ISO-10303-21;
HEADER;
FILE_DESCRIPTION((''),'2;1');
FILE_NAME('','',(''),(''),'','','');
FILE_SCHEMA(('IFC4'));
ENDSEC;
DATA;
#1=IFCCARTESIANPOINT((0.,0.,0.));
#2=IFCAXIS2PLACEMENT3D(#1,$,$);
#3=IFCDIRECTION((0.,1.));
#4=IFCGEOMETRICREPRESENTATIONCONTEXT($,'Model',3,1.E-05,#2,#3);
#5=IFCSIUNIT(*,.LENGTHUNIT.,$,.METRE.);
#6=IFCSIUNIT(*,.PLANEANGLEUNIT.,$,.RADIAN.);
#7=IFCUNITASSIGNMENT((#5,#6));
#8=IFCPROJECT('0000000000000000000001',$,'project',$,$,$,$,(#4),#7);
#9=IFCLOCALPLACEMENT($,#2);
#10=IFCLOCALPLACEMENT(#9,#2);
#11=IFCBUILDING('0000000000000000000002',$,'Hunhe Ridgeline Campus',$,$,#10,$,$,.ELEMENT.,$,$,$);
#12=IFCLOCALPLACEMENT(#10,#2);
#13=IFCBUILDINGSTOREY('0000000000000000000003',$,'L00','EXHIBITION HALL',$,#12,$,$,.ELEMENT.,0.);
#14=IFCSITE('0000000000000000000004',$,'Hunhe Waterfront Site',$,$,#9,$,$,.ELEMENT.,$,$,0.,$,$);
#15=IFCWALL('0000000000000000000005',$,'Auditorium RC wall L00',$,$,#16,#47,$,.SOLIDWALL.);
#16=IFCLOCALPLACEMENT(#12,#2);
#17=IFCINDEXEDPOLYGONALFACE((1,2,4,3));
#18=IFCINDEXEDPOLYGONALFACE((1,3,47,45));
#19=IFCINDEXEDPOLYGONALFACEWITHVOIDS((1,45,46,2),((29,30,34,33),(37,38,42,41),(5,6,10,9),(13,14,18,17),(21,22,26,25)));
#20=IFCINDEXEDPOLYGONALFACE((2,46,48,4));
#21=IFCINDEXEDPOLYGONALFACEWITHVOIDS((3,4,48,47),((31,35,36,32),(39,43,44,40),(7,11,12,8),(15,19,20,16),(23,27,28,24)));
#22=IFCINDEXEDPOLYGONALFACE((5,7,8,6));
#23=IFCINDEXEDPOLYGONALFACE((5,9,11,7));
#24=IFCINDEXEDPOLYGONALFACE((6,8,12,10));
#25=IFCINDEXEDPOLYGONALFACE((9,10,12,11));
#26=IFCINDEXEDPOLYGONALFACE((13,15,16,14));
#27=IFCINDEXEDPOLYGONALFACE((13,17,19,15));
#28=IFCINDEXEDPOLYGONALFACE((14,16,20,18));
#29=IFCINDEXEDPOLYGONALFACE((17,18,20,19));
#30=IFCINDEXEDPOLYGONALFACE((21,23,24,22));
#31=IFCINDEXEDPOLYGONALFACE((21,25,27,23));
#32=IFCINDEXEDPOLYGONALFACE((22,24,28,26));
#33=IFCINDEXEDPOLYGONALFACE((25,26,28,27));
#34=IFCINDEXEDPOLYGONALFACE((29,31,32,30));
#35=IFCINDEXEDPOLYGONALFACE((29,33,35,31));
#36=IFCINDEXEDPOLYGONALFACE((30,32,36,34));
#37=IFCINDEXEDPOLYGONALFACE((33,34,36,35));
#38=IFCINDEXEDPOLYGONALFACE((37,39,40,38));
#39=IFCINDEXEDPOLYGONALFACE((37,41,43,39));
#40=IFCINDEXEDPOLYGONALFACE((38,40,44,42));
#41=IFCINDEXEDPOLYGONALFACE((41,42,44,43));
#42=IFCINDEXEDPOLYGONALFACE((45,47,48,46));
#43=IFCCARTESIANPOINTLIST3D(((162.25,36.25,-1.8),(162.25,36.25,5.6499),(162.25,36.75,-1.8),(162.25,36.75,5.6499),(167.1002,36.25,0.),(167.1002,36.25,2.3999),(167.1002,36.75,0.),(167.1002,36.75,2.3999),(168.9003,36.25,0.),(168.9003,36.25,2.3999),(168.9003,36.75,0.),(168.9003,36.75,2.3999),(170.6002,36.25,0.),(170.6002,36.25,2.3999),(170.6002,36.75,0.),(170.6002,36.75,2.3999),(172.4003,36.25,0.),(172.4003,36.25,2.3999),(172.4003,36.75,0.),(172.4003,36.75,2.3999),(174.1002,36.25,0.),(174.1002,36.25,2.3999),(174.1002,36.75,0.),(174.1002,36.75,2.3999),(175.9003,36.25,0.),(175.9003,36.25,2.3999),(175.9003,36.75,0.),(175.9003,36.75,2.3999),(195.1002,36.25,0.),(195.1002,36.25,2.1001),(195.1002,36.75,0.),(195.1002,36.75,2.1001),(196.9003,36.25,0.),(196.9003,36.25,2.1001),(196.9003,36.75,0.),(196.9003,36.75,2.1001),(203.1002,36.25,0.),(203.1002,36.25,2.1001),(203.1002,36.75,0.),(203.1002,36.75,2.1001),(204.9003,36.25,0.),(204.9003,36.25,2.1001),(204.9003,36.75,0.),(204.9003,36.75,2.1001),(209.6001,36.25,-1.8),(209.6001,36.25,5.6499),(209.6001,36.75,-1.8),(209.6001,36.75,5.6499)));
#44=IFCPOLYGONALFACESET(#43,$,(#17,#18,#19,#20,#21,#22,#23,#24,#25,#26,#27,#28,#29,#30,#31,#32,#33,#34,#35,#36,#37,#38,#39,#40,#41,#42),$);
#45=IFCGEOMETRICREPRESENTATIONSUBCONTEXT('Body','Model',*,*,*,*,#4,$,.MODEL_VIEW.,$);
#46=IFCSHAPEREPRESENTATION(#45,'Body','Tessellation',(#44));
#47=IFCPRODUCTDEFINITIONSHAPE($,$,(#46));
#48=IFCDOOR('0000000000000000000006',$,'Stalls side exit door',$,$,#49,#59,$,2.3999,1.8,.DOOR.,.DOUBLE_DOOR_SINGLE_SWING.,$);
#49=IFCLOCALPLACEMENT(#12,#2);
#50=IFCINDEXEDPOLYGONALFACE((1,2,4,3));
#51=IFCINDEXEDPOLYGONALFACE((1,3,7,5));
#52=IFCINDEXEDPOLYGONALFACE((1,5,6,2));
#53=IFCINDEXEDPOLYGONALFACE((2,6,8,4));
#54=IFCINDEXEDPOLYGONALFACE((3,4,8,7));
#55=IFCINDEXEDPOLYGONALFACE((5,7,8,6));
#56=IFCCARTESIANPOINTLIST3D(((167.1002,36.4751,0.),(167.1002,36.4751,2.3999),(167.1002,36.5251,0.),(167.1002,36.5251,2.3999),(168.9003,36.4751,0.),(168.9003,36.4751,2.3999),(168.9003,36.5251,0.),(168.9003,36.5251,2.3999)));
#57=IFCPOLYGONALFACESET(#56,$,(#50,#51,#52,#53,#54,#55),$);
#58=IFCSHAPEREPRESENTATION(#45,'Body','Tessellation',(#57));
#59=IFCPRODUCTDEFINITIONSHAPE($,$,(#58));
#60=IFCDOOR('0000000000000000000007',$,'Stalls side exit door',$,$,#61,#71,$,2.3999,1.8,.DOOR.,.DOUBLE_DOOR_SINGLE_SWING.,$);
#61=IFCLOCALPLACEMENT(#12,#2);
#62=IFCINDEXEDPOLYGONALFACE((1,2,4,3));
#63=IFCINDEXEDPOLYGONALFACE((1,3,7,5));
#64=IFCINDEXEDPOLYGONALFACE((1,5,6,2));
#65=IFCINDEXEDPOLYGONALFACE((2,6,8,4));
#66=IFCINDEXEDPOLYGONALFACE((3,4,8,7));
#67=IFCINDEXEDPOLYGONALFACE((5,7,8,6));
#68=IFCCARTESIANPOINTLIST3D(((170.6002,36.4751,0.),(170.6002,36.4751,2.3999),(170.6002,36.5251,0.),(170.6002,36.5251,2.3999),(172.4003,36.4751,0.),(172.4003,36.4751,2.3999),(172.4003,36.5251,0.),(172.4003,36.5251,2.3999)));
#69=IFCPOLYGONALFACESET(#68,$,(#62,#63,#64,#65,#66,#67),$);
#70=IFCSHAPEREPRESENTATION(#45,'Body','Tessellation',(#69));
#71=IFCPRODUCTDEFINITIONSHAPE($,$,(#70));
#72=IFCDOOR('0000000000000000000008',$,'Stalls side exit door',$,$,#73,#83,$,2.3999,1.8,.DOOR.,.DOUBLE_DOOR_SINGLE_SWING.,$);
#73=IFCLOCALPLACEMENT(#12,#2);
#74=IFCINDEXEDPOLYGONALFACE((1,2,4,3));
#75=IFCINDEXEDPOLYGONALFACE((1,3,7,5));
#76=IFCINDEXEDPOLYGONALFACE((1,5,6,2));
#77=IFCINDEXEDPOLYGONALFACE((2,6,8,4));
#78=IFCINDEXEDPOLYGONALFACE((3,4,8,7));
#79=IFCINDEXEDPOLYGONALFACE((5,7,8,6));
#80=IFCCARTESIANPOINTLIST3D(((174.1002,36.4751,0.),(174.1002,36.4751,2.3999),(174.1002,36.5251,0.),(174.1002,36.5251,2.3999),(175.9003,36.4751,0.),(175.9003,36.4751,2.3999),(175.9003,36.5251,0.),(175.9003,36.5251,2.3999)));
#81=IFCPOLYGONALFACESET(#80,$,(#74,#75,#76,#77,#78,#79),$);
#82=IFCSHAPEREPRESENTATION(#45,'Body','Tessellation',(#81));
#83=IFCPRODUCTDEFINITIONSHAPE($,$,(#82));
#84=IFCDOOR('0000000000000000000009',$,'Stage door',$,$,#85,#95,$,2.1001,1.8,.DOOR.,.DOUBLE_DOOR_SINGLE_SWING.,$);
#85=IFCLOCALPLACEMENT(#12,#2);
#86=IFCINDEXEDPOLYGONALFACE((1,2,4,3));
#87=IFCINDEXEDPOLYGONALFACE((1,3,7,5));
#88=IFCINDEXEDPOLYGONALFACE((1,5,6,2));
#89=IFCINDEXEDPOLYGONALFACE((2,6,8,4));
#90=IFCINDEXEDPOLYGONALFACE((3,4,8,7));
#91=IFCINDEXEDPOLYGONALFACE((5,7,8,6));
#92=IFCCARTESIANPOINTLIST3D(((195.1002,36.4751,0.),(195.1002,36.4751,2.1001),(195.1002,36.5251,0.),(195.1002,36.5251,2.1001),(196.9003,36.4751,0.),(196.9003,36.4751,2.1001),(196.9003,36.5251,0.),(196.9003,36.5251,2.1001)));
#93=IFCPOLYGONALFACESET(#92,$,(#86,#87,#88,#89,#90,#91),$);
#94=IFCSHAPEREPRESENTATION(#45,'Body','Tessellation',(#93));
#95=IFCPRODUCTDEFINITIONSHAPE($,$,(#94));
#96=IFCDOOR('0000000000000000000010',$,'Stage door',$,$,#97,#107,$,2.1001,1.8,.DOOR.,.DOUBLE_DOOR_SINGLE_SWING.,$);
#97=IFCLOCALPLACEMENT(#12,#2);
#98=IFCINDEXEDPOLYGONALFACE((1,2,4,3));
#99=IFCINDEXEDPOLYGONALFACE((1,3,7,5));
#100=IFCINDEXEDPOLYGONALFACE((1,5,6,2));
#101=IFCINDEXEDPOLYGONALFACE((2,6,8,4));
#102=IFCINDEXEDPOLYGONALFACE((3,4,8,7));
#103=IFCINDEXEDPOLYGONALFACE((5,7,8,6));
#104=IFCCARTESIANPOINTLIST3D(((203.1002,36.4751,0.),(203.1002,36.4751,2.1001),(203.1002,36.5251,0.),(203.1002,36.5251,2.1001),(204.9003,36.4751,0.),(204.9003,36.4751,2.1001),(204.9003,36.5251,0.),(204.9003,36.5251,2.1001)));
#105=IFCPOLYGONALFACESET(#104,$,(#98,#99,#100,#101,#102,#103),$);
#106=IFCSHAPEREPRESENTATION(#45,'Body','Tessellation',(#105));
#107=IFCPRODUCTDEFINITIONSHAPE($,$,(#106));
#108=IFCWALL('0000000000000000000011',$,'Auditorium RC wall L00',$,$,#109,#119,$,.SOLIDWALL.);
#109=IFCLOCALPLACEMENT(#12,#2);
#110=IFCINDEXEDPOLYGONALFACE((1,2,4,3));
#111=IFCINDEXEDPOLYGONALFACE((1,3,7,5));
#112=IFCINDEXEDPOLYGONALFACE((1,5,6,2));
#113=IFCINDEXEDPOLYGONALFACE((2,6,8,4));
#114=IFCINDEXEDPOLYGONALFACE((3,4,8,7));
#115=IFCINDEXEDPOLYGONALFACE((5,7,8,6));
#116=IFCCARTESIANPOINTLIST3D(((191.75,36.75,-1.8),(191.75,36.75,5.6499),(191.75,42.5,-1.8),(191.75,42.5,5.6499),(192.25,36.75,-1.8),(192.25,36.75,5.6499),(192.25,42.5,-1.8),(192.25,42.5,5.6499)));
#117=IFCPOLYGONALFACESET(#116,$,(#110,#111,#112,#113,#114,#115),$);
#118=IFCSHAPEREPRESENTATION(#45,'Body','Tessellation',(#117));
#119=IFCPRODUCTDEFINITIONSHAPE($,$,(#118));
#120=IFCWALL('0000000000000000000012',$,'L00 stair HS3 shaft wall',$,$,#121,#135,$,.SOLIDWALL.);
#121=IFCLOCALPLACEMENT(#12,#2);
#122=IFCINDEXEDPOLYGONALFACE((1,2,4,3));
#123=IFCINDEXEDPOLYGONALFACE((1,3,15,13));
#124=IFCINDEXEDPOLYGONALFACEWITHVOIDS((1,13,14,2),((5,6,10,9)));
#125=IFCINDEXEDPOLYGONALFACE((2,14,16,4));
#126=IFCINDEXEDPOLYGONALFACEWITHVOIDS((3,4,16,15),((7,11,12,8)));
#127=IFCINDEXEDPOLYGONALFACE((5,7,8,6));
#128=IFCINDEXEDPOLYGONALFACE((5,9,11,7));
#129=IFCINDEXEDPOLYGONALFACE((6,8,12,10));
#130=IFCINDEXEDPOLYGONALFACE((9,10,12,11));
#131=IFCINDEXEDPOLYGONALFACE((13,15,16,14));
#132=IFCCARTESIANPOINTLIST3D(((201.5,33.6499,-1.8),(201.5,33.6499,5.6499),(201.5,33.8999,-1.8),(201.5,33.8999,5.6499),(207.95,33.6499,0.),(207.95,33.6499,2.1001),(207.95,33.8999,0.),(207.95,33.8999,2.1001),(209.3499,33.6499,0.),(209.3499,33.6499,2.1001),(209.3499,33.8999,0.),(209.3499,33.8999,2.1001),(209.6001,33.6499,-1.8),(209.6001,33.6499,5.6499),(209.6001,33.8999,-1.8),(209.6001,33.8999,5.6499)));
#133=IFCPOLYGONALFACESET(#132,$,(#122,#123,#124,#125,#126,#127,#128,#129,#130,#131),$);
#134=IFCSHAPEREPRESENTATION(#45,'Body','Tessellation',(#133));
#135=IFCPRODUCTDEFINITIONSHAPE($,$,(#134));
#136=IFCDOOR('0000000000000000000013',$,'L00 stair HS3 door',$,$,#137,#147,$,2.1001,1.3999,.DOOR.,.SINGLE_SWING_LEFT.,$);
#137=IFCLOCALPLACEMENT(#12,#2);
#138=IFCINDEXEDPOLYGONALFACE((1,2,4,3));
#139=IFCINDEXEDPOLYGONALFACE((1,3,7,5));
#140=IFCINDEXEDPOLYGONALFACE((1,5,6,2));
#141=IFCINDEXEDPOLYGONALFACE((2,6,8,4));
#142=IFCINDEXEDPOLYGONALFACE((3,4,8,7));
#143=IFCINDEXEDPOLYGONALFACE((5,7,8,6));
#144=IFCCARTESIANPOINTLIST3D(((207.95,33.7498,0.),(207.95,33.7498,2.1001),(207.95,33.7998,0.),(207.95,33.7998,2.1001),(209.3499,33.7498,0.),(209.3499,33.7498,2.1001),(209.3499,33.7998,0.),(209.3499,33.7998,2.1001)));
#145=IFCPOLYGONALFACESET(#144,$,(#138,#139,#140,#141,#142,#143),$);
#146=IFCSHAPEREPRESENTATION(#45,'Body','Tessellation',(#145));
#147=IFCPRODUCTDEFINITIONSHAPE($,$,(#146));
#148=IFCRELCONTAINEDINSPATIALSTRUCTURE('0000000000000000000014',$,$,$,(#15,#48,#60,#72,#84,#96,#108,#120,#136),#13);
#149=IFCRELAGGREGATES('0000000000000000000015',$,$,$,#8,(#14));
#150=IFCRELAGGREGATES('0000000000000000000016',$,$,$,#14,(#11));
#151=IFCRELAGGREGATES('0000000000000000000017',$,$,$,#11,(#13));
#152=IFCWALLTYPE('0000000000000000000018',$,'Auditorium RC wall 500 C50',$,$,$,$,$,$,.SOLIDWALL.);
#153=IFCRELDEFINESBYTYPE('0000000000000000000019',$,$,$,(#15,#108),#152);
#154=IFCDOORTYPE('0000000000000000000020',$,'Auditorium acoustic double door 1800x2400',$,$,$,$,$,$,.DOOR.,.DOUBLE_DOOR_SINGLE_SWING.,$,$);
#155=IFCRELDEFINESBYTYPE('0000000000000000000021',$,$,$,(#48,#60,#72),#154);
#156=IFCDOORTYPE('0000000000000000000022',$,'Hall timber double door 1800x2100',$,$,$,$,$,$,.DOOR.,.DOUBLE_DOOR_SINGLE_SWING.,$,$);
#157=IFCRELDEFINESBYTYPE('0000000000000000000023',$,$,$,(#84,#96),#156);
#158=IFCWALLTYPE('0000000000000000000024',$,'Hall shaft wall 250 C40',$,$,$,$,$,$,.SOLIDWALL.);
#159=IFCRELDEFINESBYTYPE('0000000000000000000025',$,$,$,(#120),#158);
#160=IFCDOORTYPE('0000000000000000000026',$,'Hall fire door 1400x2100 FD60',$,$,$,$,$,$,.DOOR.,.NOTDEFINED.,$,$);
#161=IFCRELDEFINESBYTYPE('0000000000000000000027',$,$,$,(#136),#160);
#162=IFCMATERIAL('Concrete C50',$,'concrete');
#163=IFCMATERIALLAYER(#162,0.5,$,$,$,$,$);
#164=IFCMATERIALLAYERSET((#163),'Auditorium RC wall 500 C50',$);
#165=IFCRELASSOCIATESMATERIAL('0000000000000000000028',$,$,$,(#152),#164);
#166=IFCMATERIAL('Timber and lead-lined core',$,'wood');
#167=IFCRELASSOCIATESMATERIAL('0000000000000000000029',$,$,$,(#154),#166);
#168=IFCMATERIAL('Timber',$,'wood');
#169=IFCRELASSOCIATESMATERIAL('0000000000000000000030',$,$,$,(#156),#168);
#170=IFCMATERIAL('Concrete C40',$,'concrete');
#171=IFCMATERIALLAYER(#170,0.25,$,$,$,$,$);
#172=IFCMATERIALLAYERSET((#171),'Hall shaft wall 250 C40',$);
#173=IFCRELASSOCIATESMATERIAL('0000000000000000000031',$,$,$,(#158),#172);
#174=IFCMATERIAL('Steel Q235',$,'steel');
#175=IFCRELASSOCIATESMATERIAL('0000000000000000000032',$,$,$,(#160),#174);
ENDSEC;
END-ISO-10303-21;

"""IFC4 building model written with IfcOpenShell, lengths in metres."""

from ifc_helpers import new_model, si_unit, direction, frame, frame_2d, origin, place, context, subcontext, project, spatial, rectangle, extrude, material, layer, layer_set, type_object, element, fill, save


model = new_model("IFC4")

# Units and contexts
model_context = context("Model", 3, precision=1e-05, world=origin(), true_north=direction((0.0, 1.0)))
body_context = subcontext(model_context, "Body", "Model", "MODEL_VIEW")
ifc_project = project(units=[si_unit("LENGTHUNIT", "METRE"), si_unit("PLANEANGLEUNIT", "RADIAN")], contexts=[model_context])

# Site, building, storey
site_placement = place(None, origin())
site = spatial("IfcSite", under=ifc_project, at=site_placement, Name="Hunhe Waterfront Site", CompositionType="ELEMENT", RefElevation=0.0)
building_placement = place(site_placement, origin())
building = spatial("IfcBuilding", under=site, at=building_placement, Name="Hunhe Ridgeline Campus", CompositionType="ELEMENT")
storey_placement = place(building_placement, origin())
storey = spatial("IfcBuildingStorey", under=building, at=storey_placement, Name="L00", Description="EXHIBITION HALL", CompositionType="ELEMENT", Elevation=0.0)

# Shared definitions
ifc_material_1 = material(Name="Concrete C50", Category="concrete")

# Wall, openings, doors
ifc_layer_1 = layer(ifc_material_1, 0.5)
ifc_layer_set_1 = layer_set([ifc_layer_1], Name="Auditorium RC wall 500 C50")
wall_type_1 = type_object("IfcWallType", Name="Auditorium RC wall 500 C50", PredefinedType="SOLIDWALL", material=ifc_layer_set_1)
wall_1_placement = place(storey_placement, frame((209.6001, 36.5, -1.8), z_axis=(0.0, 0.0, 1.0), x_axis=(-1.0, 0.0, 0.0)))
wall_1 = element("IfcWall", 1, at=wall_1_placement, inside=storey, type_object=wall_type_1, Name="Auditorium RC wall L00", PredefinedType="SOLIDWALL", context=body_context, shape_type="SweptSolid", body=[
    extrude(rectangle(XDim=47.3501, YDim=0.5, at=frame_2d((23.675, 0.0))), origin(), (0.0, 0.0, 1.0), 7.45),
])
opening_1_placement = place(wall_1_placement, frame((40.7, 0.0, 1.8)))
opening_1 = element("IfcOpeningElement", 2, at=opening_1_placement, cuts=wall_1, PredefinedType="OPENING", context=body_context, shape_type="SweptSolid", body=[
    extrude(rectangle(XDim=1.8, YDim=2.3999, at=frame_2d((0.8999, 1.2))), frame((0.0, 0.25, 0.0), z_axis=(0.0, -1.0, 0.0), x_axis=(1.0, 0.0, 0.0)), (0.0, 0.0, 1.0), 0.5),
])
opening_2_placement = place(wall_1_placement, frame((37.2, 0.0, 1.8)))
opening_2 = element("IfcOpeningElement", 3, at=opening_2_placement, cuts=wall_1, PredefinedType="OPENING", context=body_context, shape_type="SweptSolid", body=[
    extrude(rectangle(XDim=1.8, YDim=2.3999, at=frame_2d((0.8999, 1.2))), frame((0.0, 0.25, 0.0), z_axis=(0.0, -1.0, 0.0), x_axis=(1.0, 0.0, 0.0)), (0.0, 0.0, 1.0), 0.5),
])
opening_3_placement = place(wall_1_placement, frame((33.7, 0.0, 1.8)))
opening_3 = element("IfcOpeningElement", 4, at=opening_3_placement, cuts=wall_1, PredefinedType="OPENING", context=body_context, shape_type="SweptSolid", body=[
    extrude(rectangle(XDim=1.8, YDim=2.3999, at=frame_2d((0.8999, 1.2))), frame((0.0, 0.25, 0.0), z_axis=(0.0, -1.0, 0.0), x_axis=(1.0, 0.0, 0.0)), (0.0, 0.0, 1.0), 0.5),
])
opening_4_placement = place(wall_1_placement, frame((12.7, 0.0, 1.8)))
opening_4 = element("IfcOpeningElement", 5, at=opening_4_placement, cuts=wall_1, PredefinedType="OPENING", context=body_context, shape_type="SweptSolid", body=[
    extrude(rectangle(XDim=1.8, YDim=2.1001, at=frame_2d((0.8999, 1.05))), frame((0.0, 0.25, 0.0), z_axis=(0.0, -1.0, 0.0), x_axis=(1.0, 0.0, 0.0)), (0.0, 0.0, 1.0), 0.5),
])
opening_5_placement = place(wall_1_placement, frame((4.7, 0.0, 1.8)))
opening_5 = element("IfcOpeningElement", 6, at=opening_5_placement, cuts=wall_1, PredefinedType="OPENING", context=body_context, shape_type="SweptSolid", body=[
    extrude(rectangle(XDim=1.8, YDim=2.1001, at=frame_2d((0.8999, 1.05))), frame((0.0, 0.25, 0.0), z_axis=(0.0, -1.0, 0.0), x_axis=(1.0, 0.0, 0.0)), (0.0, 0.0, 1.0), 0.5),
])
ifc_material_2 = material(Name="Timber and lead-lined core", Category="wood")
door_type_1 = type_object("IfcDoorType", Name="Auditorium acoustic double door 1800x2400", OperationType="DOUBLE_DOOR_SINGLE_SWING", PredefinedType="DOOR", material=ifc_material_2)
door_1_placement = place(opening_1_placement, origin())
door_1 = element("IfcDoor", 7, at=door_1_placement, inside=storey, type_object=door_type_1, Name="Stalls side exit door", OperationType="DOUBLE_DOOR_SINGLE_SWING", OverallHeight=2.3999, OverallWidth=1.8, PredefinedType="DOOR", context=body_context, shape_type="SweptSolid", body=[
    extrude(rectangle(XDim=1.8, YDim=2.3999, at=frame_2d((0.8999, 1.2))), frame((0.0, 0.0249, 0.0), z_axis=(0.0, -1.0, 0.0), x_axis=(1.0, 0.0, 0.0)), (0.0, 0.0, 1.0), 0.05),
])
fill(opening_1, door_1)
door_2_placement = place(opening_2_placement, origin())
door_2 = element("IfcDoor", 8, at=door_2_placement, inside=storey, type_object=door_type_1, Name="Stalls side exit door", OperationType="DOUBLE_DOOR_SINGLE_SWING", OverallHeight=2.3999, OverallWidth=1.8, PredefinedType="DOOR", context=body_context, shape_type="SweptSolid", body=[
    extrude(rectangle(XDim=1.8, YDim=2.3999, at=frame_2d((0.8999, 1.2))), frame((0.0, 0.0249, 0.0), z_axis=(0.0, -1.0, 0.0), x_axis=(1.0, 0.0, 0.0)), (0.0, 0.0, 1.0), 0.05),
])
fill(opening_2, door_2)
door_3_placement = place(opening_3_placement, origin())
door_3 = element("IfcDoor", 9, at=door_3_placement, inside=storey, type_object=door_type_1, Name="Stalls side exit door", OperationType="DOUBLE_DOOR_SINGLE_SWING", OverallHeight=2.3999, OverallWidth=1.8, PredefinedType="DOOR", context=body_context, shape_type="SweptSolid", body=[
    extrude(rectangle(XDim=1.8, YDim=2.3999, at=frame_2d((0.8999, 1.2))), frame((0.0, 0.0249, 0.0), z_axis=(0.0, -1.0, 0.0), x_axis=(1.0, 0.0, 0.0)), (0.0, 0.0, 1.0), 0.05),
])
fill(opening_3, door_3)
ifc_material_3 = material(Name="Timber", Category="wood")
door_type_2 = type_object("IfcDoorType", Name="Hall timber double door 1800x2100", OperationType="DOUBLE_DOOR_SINGLE_SWING", PredefinedType="DOOR", material=ifc_material_3)
door_4_placement = place(opening_4_placement, origin())
door_4 = element("IfcDoor", 10, at=door_4_placement, inside=storey, type_object=door_type_2, Name="Stage door", OperationType="DOUBLE_DOOR_SINGLE_SWING", OverallHeight=2.1001, OverallWidth=1.8, PredefinedType="DOOR", context=body_context, shape_type="SweptSolid", body=[
    extrude(rectangle(XDim=1.8, YDim=2.1001, at=frame_2d((0.8999, 1.05))), frame((0.0, 0.0249, 0.0), z_axis=(0.0, -1.0, 0.0), x_axis=(1.0, 0.0, 0.0)), (0.0, 0.0, 1.0), 0.05),
])
fill(opening_4, door_4)
door_5_placement = place(opening_5_placement, origin())
door_5 = element("IfcDoor", 11, at=door_5_placement, inside=storey, type_object=door_type_2, Name="Stage door", OperationType="DOUBLE_DOOR_SINGLE_SWING", OverallHeight=2.1001, OverallWidth=1.8, PredefinedType="DOOR", context=body_context, shape_type="SweptSolid", body=[
    extrude(rectangle(XDim=1.8, YDim=2.1001, at=frame_2d((0.8999, 1.05))), frame((0.0, 0.0249, 0.0), z_axis=(0.0, -1.0, 0.0), x_axis=(1.0, 0.0, 0.0)), (0.0, 0.0, 1.0), 0.05),
])
fill(opening_5, door_5)

# Wall
wall_2_placement = place(storey_placement, frame((192.0, 36.75, -1.8), z_axis=(0.0, 0.0, 1.0), x_axis=(0.0, 1.0, 0.0)))
element("IfcWall", 12, at=wall_2_placement, inside=storey, type_object=wall_type_1, Name="Auditorium RC wall L00", PredefinedType="SOLIDWALL", context=body_context, shape_type="SweptSolid", body=[
    extrude(rectangle(XDim=5.75, YDim=0.5, at=frame_2d((2.875, 0.0))), origin(), (0.0, 0.0, 1.0), 7.45),
])

# Wall, opening, door
ifc_material_4 = material(Name="Concrete C40", Category="concrete")
ifc_layer_2 = layer(ifc_material_4, 0.25)
ifc_layer_set_2 = layer_set([ifc_layer_2], Name="Hall shaft wall 250 C40")
wall_type_2 = type_object("IfcWallType", Name="Hall shaft wall 250 C40", PredefinedType="SOLIDWALL", material=ifc_layer_set_2)
wall_3_placement = place(storey_placement, frame((201.5, 33.7749, -1.8), z_axis=(0.0, 0.0, 1.0), x_axis=(1.0, 0.0, 0.0)))
wall_3 = element("IfcWall", 13, at=wall_3_placement, inside=storey, type_object=wall_type_2, Name="L00 stair HS3 shaft wall", PredefinedType="SOLIDWALL", context=body_context, shape_type="SweptSolid", body=[
    extrude(rectangle(XDim=8.1001, YDim=0.25, at=frame_2d((4.05, 0.0))), origin(), (0.0, 0.0, 1.0), 7.45),
])
opening_6_placement = place(wall_3_placement, frame((6.45, 0.0, 1.8)))
opening_6 = element("IfcOpeningElement", 14, at=opening_6_placement, cuts=wall_3, PredefinedType="OPENING", context=body_context, shape_type="SweptSolid", body=[
    extrude(rectangle(XDim=1.3999, YDim=2.1001, at=frame_2d((0.7, 1.05))), frame((0.0, 0.125, 0.0), z_axis=(0.0, -1.0, 0.0), x_axis=(1.0, 0.0, 0.0)), (0.0, 0.0, 1.0), 0.25),
])
ifc_material_5 = material(Name="Steel Q235", Category="steel")
door_type_3 = type_object("IfcDoorType", Name="Hall fire door 1400x2100 FD60", OperationType="NOTDEFINED", PredefinedType="DOOR", material=ifc_material_5)
door_6_placement = place(opening_6_placement, origin())
door_6 = element("IfcDoor", 15, at=door_6_placement, inside=storey, type_object=door_type_3, Name="L00 stair HS3 door", OperationType="SINGLE_SWING_LEFT", OverallHeight=2.1001, OverallWidth=1.3999, PredefinedType="DOOR", context=body_context, shape_type="SweptSolid", body=[
    extrude(rectangle(XDim=1.3999, YDim=2.1001, at=frame_2d((0.7, 1.05))), frame((0.0, 0.0249, 0.0), z_axis=(0.0, -1.0, 0.0), x_axis=(1.0, 0.0, 0.0)), (0.0, 0.0, 1.0), 0.05),
])
fill(opening_6, door_6)

save(model, "model.ifc")
